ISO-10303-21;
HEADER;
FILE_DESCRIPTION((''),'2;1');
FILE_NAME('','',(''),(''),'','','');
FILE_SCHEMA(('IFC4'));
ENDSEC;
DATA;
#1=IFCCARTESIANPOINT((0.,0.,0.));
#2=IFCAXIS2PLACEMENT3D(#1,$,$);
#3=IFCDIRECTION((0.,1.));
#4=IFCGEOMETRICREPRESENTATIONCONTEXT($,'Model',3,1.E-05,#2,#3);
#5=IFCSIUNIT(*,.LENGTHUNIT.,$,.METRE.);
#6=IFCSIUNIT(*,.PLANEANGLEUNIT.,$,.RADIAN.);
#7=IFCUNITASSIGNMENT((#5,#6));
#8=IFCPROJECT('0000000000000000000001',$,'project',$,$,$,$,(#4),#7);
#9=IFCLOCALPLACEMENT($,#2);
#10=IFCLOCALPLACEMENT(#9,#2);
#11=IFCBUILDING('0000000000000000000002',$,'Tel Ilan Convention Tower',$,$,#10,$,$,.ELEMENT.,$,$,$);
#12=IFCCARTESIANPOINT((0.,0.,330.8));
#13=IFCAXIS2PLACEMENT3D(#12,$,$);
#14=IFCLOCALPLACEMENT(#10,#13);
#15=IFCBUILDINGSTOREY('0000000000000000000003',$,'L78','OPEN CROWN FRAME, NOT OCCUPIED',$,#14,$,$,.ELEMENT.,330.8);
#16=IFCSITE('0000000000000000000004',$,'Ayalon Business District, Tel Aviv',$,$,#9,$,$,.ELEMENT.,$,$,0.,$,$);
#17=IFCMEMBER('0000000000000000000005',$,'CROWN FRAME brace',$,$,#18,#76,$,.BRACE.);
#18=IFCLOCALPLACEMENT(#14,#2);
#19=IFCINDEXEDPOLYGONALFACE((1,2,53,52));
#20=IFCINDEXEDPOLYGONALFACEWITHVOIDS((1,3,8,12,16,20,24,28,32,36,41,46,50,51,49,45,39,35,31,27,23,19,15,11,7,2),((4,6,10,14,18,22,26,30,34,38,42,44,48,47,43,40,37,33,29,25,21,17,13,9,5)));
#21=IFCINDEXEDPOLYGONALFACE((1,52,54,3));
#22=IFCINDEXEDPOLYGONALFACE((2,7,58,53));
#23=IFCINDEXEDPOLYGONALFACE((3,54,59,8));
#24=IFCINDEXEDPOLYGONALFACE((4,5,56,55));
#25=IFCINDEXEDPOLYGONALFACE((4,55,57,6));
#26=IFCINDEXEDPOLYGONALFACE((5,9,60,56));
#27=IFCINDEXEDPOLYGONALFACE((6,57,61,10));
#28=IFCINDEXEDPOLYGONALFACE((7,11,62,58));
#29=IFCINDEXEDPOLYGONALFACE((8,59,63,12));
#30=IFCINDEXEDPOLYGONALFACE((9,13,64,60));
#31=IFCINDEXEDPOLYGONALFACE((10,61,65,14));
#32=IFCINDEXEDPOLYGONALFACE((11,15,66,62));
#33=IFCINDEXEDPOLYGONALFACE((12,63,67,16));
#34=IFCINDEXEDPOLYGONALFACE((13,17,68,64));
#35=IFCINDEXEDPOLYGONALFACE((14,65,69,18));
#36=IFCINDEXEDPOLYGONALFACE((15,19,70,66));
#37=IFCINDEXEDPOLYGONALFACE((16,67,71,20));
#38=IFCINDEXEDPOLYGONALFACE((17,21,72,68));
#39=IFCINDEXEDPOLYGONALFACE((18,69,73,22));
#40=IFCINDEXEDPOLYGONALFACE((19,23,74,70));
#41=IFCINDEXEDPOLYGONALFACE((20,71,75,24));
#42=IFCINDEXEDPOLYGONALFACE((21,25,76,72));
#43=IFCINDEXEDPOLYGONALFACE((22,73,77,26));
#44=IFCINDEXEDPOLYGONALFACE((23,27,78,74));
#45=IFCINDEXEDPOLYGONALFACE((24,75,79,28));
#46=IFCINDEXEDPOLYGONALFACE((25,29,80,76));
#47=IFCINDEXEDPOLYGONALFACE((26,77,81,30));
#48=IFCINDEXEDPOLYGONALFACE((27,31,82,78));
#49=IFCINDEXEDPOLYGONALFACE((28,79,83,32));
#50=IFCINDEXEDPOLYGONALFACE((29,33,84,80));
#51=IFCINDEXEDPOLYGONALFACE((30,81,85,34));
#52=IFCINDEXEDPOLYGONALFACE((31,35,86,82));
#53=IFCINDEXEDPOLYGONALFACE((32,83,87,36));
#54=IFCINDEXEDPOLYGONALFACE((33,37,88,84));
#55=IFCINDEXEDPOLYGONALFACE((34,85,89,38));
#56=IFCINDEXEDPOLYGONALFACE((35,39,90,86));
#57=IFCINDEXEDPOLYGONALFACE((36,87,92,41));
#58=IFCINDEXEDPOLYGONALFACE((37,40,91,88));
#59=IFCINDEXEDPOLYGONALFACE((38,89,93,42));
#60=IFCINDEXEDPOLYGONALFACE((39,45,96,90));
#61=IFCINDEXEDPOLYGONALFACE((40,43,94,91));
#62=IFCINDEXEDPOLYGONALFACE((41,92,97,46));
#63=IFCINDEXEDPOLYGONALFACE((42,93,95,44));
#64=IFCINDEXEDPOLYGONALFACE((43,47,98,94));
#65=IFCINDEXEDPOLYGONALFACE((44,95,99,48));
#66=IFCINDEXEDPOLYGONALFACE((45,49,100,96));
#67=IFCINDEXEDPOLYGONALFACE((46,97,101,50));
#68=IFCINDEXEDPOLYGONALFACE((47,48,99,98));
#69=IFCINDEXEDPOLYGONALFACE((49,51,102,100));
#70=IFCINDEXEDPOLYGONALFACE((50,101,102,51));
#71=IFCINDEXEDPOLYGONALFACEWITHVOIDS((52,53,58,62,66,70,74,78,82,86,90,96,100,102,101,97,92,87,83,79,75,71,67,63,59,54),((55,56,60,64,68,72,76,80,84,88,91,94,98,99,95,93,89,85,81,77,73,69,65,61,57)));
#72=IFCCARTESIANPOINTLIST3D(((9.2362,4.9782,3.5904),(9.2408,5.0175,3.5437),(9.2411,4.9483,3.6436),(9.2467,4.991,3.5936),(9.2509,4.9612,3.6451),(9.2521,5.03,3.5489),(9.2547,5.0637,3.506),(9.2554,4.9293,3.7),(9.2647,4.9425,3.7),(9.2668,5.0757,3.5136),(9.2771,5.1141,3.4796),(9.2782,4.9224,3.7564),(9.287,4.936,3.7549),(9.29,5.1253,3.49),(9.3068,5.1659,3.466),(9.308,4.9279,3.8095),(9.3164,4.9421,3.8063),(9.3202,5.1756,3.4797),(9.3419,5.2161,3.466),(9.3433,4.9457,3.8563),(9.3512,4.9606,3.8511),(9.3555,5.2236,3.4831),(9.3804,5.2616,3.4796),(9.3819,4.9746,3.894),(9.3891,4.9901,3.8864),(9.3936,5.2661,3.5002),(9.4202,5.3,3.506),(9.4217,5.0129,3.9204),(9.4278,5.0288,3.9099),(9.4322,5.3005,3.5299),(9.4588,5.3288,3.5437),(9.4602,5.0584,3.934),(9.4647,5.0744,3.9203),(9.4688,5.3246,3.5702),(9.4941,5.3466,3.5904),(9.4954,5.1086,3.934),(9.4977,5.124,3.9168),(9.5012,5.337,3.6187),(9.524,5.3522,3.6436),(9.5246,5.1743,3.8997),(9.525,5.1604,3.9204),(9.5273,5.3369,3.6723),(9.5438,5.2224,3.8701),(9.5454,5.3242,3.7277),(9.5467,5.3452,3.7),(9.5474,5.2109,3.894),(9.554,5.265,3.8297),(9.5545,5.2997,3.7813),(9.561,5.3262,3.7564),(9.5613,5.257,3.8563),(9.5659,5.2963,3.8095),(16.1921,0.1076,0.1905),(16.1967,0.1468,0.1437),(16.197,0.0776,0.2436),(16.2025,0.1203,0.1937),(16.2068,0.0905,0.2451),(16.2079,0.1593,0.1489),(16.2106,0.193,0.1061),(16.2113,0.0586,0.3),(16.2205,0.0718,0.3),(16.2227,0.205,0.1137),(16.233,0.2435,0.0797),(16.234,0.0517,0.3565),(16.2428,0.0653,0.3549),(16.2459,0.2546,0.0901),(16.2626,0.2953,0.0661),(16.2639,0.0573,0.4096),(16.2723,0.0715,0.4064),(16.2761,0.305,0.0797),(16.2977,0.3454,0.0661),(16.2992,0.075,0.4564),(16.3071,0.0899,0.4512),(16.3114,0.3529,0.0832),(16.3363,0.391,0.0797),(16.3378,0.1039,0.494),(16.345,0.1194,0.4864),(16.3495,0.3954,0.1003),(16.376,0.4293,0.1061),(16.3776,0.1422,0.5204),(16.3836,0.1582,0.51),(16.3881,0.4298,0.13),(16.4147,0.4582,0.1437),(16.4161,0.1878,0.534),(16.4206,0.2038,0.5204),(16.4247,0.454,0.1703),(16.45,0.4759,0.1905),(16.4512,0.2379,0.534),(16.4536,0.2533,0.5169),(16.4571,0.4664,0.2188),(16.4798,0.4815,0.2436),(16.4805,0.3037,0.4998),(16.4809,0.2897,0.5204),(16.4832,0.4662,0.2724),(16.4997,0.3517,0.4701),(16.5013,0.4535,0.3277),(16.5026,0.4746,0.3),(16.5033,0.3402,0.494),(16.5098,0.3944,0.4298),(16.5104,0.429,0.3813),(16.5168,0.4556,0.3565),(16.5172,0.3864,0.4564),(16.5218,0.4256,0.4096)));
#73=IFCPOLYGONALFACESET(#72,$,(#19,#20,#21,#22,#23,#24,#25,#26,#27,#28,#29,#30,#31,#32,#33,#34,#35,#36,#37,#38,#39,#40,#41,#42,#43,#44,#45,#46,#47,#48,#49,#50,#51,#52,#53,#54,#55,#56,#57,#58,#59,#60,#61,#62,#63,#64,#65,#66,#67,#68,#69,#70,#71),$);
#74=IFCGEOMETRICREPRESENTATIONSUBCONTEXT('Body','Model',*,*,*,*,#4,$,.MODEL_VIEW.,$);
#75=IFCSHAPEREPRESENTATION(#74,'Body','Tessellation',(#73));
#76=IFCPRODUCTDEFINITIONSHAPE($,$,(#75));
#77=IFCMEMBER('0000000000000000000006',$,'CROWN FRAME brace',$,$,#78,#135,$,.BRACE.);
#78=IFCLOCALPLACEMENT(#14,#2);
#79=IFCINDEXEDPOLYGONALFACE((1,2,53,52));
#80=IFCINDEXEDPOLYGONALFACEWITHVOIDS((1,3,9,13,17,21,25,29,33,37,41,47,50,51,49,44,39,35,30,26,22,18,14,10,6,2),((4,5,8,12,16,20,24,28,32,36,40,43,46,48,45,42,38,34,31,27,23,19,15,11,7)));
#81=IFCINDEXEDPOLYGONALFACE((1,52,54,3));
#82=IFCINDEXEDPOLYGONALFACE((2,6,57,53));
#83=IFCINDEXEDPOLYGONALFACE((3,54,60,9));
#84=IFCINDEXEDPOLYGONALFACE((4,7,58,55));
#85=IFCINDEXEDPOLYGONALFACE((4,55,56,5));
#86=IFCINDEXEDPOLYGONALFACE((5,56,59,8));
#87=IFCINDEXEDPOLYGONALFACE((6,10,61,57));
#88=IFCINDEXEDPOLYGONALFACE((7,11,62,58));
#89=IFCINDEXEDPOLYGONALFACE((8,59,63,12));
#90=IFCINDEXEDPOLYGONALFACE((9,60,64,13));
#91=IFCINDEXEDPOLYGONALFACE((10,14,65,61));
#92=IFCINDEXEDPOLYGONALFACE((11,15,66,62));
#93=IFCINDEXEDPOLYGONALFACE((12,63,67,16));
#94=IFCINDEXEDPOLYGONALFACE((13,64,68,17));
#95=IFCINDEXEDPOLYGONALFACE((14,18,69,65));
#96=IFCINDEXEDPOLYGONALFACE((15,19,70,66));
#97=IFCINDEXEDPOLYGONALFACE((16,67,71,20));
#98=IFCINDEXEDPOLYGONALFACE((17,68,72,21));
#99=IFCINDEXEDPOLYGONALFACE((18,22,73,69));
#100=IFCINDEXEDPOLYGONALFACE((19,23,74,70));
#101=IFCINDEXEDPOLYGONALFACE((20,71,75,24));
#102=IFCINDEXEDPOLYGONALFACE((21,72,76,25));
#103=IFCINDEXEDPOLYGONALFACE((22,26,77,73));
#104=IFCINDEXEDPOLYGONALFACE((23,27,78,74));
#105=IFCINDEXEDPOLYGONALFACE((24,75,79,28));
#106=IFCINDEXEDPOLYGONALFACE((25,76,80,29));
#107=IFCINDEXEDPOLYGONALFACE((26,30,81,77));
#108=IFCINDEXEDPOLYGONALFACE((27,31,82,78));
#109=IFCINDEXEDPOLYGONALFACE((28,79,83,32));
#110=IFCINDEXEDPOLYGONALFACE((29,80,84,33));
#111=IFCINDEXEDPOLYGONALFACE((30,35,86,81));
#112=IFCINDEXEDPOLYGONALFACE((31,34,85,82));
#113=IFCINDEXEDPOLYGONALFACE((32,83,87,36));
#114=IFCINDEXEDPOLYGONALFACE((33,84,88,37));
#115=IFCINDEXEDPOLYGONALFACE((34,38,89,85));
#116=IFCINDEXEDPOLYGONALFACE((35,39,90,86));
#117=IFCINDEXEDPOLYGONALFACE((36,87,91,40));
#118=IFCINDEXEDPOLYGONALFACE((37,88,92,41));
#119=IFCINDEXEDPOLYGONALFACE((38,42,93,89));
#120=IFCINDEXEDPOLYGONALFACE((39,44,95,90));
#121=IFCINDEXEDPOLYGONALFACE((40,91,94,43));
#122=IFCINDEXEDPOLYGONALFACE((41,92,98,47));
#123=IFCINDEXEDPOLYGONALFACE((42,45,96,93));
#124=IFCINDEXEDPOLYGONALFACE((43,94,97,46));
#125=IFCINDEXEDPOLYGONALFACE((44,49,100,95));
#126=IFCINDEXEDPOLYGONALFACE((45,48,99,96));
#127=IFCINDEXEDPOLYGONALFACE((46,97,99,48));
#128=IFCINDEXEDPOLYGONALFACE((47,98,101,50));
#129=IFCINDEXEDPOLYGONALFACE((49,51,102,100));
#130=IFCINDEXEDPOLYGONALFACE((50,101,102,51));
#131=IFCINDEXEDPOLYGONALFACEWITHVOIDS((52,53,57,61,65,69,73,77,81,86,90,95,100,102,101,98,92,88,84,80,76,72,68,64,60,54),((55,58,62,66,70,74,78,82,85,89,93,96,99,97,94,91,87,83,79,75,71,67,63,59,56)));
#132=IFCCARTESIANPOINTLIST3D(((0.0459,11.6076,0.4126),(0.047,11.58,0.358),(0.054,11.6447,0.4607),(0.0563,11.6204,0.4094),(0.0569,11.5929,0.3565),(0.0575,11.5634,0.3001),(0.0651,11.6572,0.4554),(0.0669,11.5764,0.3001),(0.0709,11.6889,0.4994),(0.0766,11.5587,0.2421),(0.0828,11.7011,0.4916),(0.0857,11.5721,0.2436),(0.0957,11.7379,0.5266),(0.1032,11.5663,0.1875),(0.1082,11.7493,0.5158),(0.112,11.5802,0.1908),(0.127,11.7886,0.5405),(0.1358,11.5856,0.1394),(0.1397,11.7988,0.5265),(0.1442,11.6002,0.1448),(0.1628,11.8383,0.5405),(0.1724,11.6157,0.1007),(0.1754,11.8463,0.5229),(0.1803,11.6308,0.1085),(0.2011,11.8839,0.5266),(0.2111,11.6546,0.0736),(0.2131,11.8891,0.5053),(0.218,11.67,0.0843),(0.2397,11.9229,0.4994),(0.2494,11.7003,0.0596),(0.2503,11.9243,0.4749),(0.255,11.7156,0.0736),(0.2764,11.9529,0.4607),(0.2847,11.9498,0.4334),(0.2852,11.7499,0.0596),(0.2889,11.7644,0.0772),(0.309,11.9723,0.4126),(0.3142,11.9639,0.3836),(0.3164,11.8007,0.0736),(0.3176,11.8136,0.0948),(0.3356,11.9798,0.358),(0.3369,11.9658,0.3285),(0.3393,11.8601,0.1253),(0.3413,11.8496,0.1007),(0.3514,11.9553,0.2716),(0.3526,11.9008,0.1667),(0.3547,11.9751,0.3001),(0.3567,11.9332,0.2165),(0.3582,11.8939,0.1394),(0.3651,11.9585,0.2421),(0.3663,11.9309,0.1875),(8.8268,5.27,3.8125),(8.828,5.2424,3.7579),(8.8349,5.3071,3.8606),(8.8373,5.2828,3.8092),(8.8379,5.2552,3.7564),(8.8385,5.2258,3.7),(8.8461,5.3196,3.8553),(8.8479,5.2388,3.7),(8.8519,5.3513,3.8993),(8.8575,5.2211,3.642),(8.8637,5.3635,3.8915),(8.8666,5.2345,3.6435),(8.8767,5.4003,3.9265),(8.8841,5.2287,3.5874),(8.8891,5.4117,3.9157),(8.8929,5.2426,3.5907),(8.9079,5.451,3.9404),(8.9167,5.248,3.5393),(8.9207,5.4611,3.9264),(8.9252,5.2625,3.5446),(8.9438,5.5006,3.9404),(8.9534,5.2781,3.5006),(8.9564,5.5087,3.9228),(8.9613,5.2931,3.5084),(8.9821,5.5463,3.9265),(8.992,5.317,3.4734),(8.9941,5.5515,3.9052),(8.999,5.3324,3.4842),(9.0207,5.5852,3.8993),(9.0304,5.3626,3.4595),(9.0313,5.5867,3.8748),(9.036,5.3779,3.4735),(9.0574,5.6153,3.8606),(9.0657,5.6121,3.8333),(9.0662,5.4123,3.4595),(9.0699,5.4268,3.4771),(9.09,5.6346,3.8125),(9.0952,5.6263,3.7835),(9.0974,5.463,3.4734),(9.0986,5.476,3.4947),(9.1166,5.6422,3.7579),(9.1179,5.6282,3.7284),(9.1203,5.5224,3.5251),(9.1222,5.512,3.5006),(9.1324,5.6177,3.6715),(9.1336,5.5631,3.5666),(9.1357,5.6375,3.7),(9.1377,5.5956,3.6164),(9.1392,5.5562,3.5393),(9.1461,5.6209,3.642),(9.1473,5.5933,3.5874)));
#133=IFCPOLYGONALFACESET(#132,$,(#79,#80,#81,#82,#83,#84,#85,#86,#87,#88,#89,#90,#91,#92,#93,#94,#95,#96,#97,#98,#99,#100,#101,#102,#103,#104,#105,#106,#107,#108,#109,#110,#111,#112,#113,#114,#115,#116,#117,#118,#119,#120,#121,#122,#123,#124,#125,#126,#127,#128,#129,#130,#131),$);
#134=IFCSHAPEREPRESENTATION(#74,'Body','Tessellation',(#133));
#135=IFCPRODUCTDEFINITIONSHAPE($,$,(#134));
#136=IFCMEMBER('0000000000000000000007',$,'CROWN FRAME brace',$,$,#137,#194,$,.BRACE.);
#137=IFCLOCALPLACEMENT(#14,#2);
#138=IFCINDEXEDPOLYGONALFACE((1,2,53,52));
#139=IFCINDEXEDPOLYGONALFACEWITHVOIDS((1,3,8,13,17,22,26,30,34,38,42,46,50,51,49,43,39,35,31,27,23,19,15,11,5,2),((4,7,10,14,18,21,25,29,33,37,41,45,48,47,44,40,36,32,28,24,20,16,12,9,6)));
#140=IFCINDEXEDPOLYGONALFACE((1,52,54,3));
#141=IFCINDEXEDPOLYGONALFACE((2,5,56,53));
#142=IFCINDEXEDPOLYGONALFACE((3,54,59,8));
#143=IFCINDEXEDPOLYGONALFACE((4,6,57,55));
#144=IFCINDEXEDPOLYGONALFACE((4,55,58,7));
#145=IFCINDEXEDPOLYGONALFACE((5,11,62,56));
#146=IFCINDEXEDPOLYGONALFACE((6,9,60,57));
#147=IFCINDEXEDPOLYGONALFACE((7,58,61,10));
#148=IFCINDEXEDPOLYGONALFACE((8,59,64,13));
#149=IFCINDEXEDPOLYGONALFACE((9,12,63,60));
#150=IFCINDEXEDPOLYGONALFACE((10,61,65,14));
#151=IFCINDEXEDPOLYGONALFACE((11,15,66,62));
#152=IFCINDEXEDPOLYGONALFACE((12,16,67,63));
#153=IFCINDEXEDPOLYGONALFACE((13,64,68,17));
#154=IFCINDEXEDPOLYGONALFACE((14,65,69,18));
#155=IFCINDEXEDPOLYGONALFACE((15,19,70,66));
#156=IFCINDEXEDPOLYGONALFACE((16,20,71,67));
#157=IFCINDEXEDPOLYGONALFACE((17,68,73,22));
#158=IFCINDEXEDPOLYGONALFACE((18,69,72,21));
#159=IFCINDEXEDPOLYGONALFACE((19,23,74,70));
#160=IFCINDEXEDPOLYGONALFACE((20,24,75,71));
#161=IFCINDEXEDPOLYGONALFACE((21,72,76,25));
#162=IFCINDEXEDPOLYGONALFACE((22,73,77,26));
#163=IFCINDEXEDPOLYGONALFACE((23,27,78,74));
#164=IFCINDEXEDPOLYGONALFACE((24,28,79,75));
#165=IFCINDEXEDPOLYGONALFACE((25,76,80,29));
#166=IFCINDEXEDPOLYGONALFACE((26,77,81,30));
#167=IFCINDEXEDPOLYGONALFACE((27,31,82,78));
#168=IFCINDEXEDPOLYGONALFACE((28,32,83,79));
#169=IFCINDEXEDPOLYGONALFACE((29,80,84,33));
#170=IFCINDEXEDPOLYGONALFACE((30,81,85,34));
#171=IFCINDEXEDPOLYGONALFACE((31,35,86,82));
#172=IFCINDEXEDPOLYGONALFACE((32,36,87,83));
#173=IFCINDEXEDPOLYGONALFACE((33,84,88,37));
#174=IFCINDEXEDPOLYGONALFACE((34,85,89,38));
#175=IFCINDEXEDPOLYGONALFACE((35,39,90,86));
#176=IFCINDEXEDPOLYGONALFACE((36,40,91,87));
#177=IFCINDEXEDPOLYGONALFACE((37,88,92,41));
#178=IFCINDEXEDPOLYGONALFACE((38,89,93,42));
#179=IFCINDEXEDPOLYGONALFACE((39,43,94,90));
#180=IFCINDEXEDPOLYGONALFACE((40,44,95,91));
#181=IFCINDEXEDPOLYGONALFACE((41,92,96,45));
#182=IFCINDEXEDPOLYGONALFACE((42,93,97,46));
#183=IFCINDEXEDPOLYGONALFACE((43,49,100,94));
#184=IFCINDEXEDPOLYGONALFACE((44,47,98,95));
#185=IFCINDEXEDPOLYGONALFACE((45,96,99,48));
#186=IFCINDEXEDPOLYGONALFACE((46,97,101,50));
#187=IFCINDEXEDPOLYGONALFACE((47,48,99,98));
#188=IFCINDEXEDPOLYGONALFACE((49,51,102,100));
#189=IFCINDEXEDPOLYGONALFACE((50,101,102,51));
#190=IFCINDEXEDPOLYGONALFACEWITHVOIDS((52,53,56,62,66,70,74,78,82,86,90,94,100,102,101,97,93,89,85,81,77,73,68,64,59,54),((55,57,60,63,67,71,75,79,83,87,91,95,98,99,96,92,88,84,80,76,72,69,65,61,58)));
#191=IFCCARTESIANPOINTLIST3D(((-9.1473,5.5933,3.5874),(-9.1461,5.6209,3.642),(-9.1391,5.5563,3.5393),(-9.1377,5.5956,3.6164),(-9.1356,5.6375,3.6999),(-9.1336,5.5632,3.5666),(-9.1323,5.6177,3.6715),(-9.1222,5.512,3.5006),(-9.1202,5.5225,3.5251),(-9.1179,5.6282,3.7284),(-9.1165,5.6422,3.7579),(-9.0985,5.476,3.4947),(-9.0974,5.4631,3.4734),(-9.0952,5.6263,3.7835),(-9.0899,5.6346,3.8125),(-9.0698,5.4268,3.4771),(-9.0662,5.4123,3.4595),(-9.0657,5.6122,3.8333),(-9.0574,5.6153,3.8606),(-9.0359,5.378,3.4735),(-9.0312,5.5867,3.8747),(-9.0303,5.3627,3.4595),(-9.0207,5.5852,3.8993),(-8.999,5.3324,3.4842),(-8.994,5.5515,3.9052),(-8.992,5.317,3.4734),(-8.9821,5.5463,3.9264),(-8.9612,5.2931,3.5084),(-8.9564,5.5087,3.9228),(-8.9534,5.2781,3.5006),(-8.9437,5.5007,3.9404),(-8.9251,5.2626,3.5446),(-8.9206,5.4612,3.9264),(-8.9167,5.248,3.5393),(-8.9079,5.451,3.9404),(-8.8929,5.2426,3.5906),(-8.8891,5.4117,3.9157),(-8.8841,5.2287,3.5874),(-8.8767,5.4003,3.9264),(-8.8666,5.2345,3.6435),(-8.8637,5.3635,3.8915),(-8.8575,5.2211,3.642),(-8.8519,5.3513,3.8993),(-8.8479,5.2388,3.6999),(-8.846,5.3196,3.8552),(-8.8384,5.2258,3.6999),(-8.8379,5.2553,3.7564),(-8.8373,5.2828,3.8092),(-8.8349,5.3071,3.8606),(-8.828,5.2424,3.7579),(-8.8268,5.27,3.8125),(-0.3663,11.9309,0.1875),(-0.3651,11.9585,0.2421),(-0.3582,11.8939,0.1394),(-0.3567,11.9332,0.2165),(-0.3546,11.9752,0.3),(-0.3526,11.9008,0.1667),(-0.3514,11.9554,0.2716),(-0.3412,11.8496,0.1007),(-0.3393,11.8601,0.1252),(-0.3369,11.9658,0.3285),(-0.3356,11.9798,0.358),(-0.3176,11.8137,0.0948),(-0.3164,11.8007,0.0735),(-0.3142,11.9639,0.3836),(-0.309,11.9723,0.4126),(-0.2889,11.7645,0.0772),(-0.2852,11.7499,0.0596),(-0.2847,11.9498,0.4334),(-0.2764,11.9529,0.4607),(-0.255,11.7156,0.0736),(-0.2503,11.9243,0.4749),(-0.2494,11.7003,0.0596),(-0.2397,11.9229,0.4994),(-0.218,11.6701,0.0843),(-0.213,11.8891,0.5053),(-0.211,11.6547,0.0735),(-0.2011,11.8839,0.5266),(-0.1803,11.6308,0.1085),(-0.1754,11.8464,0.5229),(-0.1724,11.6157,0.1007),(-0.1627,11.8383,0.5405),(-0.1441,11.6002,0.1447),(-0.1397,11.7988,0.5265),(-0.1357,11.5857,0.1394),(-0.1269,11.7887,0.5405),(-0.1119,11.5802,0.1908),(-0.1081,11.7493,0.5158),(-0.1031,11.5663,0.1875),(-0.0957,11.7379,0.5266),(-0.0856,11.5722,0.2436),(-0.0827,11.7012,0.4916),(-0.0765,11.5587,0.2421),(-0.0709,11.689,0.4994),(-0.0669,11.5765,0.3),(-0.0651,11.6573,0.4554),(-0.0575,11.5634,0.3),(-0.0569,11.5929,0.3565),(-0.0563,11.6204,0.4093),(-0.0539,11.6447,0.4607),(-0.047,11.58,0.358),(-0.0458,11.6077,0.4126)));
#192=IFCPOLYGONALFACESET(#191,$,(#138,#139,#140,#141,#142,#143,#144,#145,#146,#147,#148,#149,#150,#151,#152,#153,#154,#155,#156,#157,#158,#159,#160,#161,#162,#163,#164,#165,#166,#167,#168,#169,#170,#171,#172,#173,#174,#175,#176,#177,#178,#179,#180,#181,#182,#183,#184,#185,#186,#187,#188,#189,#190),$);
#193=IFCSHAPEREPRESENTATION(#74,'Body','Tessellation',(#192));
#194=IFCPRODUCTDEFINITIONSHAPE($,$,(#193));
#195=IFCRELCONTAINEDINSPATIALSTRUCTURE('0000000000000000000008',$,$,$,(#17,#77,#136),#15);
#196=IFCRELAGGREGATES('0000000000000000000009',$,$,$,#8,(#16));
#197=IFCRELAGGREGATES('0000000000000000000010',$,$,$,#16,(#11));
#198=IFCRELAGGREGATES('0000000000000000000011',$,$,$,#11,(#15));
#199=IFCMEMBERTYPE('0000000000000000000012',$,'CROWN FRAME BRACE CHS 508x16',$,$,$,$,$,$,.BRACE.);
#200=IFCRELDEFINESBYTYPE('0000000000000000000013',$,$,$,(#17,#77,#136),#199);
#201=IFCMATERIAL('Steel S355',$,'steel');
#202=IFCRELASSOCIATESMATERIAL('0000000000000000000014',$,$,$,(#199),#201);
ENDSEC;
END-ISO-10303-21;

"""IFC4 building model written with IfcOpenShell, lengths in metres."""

from ifc_helpers import new_model, si_unit, direction, frame, origin, origin_2d, place, context, subcontext, project, spatial, hollow_circle, extrude, material, material_profile, profile_set, type_object, element, save


model = new_model("IFC4")

# Units and contexts
model_context = context("Model", 3, precision=1e-05, world=origin(), true_north=direction((0.0, 1.0)))
body_context = subcontext(model_context, "Body", "Model", "MODEL_VIEW")
ifc_project = project(units=[si_unit("LENGTHUNIT", "METRE"), si_unit("PLANEANGLEUNIT", "RADIAN")], contexts=[model_context])

# Site, building, storey
site_placement = place(None, origin())
site = spatial("IfcSite", under=ifc_project, at=site_placement, Name="Ayalon Business District, Tel Aviv", CompositionType="ELEMENT", RefElevation=0.0)
building_placement = place(site_placement, origin())
building = spatial("IfcBuilding", under=site, at=building_placement, Name="Tel Ilan Convention Tower", CompositionType="ELEMENT")
storey_placement = place(building_placement, frame((0.0, 0.0, 330.8)))
storey = spatial("IfcBuildingStorey", under=building, at=storey_placement, Name="L78", Description="OPEN CROWN FRAME, NOT OCCUPIED", CompositionType="ELEMENT", Elevation=330.8)

# Members
ifc_material_1 = material(Name="Steel S355", Category="steel")
ifc_material_profile_1 = material_profile(ifc_material_1, hollow_circle(Radius=0.2539, WallThickness=0.0161, at=origin_2d()), Name="CHS 508x16")
ifc_profile_set_1 = profile_set([ifc_material_profile_1], Name="Steel S355")
member_type = type_object("IfcMemberType", Name="CROWN FRAME BRACE CHS 508x16", PredefinedType="BRACE", material=ifc_profile_set_1)
member_1_placement = place(storey_placement, frame((16.3569, 0.2666, 0.3), z_axis=(-0.760457, 0.532488, 0.371701), x_axis=(-0.573584, -0.819147, 0.0)))
element("IfcMember", 1, at=member_1_placement, inside=storey, type_object=member_type, Name="CROWN FRAME brace", PredefinedType="BRACE", context=body_context, shape_type="SweptSolid", body=[
    extrude(hollow_circle(Radius=0.2539, WallThickness=0.0161, at=origin_2d()), origin(), (0.0, 0.0, 1.0), 9.147),
])
for number, where, z_axis, x_axis, name in (
    (2, (8.9871, 5.4316, 3.7), (-0.773631, 0.558364, -0.299541), (-0.585236, -0.810863, 0.0), "CROWN FRAME brace"),
    (3, (-0.2061, 11.7693, 0.3), (-0.773631, -0.558364, 0.299541), (0.585236, -0.810863, 0.0), "CROWN FRAME brace"),
):
    element("IfcMember", number, at=place(storey_placement, frame(where, z_axis=z_axis, x_axis=x_axis)), inside=storey, type_object=member_type, Name=name, PredefinedType="BRACE", context=body_context, shape_type="SweptSolid", body=[
        extrude(hollow_circle(Radius=0.2539, WallThickness=0.0161, at=origin_2d()), origin(), (0.0, 0.0, 1.0), 11.3503),
    ])

save(model, "model.ifc")
